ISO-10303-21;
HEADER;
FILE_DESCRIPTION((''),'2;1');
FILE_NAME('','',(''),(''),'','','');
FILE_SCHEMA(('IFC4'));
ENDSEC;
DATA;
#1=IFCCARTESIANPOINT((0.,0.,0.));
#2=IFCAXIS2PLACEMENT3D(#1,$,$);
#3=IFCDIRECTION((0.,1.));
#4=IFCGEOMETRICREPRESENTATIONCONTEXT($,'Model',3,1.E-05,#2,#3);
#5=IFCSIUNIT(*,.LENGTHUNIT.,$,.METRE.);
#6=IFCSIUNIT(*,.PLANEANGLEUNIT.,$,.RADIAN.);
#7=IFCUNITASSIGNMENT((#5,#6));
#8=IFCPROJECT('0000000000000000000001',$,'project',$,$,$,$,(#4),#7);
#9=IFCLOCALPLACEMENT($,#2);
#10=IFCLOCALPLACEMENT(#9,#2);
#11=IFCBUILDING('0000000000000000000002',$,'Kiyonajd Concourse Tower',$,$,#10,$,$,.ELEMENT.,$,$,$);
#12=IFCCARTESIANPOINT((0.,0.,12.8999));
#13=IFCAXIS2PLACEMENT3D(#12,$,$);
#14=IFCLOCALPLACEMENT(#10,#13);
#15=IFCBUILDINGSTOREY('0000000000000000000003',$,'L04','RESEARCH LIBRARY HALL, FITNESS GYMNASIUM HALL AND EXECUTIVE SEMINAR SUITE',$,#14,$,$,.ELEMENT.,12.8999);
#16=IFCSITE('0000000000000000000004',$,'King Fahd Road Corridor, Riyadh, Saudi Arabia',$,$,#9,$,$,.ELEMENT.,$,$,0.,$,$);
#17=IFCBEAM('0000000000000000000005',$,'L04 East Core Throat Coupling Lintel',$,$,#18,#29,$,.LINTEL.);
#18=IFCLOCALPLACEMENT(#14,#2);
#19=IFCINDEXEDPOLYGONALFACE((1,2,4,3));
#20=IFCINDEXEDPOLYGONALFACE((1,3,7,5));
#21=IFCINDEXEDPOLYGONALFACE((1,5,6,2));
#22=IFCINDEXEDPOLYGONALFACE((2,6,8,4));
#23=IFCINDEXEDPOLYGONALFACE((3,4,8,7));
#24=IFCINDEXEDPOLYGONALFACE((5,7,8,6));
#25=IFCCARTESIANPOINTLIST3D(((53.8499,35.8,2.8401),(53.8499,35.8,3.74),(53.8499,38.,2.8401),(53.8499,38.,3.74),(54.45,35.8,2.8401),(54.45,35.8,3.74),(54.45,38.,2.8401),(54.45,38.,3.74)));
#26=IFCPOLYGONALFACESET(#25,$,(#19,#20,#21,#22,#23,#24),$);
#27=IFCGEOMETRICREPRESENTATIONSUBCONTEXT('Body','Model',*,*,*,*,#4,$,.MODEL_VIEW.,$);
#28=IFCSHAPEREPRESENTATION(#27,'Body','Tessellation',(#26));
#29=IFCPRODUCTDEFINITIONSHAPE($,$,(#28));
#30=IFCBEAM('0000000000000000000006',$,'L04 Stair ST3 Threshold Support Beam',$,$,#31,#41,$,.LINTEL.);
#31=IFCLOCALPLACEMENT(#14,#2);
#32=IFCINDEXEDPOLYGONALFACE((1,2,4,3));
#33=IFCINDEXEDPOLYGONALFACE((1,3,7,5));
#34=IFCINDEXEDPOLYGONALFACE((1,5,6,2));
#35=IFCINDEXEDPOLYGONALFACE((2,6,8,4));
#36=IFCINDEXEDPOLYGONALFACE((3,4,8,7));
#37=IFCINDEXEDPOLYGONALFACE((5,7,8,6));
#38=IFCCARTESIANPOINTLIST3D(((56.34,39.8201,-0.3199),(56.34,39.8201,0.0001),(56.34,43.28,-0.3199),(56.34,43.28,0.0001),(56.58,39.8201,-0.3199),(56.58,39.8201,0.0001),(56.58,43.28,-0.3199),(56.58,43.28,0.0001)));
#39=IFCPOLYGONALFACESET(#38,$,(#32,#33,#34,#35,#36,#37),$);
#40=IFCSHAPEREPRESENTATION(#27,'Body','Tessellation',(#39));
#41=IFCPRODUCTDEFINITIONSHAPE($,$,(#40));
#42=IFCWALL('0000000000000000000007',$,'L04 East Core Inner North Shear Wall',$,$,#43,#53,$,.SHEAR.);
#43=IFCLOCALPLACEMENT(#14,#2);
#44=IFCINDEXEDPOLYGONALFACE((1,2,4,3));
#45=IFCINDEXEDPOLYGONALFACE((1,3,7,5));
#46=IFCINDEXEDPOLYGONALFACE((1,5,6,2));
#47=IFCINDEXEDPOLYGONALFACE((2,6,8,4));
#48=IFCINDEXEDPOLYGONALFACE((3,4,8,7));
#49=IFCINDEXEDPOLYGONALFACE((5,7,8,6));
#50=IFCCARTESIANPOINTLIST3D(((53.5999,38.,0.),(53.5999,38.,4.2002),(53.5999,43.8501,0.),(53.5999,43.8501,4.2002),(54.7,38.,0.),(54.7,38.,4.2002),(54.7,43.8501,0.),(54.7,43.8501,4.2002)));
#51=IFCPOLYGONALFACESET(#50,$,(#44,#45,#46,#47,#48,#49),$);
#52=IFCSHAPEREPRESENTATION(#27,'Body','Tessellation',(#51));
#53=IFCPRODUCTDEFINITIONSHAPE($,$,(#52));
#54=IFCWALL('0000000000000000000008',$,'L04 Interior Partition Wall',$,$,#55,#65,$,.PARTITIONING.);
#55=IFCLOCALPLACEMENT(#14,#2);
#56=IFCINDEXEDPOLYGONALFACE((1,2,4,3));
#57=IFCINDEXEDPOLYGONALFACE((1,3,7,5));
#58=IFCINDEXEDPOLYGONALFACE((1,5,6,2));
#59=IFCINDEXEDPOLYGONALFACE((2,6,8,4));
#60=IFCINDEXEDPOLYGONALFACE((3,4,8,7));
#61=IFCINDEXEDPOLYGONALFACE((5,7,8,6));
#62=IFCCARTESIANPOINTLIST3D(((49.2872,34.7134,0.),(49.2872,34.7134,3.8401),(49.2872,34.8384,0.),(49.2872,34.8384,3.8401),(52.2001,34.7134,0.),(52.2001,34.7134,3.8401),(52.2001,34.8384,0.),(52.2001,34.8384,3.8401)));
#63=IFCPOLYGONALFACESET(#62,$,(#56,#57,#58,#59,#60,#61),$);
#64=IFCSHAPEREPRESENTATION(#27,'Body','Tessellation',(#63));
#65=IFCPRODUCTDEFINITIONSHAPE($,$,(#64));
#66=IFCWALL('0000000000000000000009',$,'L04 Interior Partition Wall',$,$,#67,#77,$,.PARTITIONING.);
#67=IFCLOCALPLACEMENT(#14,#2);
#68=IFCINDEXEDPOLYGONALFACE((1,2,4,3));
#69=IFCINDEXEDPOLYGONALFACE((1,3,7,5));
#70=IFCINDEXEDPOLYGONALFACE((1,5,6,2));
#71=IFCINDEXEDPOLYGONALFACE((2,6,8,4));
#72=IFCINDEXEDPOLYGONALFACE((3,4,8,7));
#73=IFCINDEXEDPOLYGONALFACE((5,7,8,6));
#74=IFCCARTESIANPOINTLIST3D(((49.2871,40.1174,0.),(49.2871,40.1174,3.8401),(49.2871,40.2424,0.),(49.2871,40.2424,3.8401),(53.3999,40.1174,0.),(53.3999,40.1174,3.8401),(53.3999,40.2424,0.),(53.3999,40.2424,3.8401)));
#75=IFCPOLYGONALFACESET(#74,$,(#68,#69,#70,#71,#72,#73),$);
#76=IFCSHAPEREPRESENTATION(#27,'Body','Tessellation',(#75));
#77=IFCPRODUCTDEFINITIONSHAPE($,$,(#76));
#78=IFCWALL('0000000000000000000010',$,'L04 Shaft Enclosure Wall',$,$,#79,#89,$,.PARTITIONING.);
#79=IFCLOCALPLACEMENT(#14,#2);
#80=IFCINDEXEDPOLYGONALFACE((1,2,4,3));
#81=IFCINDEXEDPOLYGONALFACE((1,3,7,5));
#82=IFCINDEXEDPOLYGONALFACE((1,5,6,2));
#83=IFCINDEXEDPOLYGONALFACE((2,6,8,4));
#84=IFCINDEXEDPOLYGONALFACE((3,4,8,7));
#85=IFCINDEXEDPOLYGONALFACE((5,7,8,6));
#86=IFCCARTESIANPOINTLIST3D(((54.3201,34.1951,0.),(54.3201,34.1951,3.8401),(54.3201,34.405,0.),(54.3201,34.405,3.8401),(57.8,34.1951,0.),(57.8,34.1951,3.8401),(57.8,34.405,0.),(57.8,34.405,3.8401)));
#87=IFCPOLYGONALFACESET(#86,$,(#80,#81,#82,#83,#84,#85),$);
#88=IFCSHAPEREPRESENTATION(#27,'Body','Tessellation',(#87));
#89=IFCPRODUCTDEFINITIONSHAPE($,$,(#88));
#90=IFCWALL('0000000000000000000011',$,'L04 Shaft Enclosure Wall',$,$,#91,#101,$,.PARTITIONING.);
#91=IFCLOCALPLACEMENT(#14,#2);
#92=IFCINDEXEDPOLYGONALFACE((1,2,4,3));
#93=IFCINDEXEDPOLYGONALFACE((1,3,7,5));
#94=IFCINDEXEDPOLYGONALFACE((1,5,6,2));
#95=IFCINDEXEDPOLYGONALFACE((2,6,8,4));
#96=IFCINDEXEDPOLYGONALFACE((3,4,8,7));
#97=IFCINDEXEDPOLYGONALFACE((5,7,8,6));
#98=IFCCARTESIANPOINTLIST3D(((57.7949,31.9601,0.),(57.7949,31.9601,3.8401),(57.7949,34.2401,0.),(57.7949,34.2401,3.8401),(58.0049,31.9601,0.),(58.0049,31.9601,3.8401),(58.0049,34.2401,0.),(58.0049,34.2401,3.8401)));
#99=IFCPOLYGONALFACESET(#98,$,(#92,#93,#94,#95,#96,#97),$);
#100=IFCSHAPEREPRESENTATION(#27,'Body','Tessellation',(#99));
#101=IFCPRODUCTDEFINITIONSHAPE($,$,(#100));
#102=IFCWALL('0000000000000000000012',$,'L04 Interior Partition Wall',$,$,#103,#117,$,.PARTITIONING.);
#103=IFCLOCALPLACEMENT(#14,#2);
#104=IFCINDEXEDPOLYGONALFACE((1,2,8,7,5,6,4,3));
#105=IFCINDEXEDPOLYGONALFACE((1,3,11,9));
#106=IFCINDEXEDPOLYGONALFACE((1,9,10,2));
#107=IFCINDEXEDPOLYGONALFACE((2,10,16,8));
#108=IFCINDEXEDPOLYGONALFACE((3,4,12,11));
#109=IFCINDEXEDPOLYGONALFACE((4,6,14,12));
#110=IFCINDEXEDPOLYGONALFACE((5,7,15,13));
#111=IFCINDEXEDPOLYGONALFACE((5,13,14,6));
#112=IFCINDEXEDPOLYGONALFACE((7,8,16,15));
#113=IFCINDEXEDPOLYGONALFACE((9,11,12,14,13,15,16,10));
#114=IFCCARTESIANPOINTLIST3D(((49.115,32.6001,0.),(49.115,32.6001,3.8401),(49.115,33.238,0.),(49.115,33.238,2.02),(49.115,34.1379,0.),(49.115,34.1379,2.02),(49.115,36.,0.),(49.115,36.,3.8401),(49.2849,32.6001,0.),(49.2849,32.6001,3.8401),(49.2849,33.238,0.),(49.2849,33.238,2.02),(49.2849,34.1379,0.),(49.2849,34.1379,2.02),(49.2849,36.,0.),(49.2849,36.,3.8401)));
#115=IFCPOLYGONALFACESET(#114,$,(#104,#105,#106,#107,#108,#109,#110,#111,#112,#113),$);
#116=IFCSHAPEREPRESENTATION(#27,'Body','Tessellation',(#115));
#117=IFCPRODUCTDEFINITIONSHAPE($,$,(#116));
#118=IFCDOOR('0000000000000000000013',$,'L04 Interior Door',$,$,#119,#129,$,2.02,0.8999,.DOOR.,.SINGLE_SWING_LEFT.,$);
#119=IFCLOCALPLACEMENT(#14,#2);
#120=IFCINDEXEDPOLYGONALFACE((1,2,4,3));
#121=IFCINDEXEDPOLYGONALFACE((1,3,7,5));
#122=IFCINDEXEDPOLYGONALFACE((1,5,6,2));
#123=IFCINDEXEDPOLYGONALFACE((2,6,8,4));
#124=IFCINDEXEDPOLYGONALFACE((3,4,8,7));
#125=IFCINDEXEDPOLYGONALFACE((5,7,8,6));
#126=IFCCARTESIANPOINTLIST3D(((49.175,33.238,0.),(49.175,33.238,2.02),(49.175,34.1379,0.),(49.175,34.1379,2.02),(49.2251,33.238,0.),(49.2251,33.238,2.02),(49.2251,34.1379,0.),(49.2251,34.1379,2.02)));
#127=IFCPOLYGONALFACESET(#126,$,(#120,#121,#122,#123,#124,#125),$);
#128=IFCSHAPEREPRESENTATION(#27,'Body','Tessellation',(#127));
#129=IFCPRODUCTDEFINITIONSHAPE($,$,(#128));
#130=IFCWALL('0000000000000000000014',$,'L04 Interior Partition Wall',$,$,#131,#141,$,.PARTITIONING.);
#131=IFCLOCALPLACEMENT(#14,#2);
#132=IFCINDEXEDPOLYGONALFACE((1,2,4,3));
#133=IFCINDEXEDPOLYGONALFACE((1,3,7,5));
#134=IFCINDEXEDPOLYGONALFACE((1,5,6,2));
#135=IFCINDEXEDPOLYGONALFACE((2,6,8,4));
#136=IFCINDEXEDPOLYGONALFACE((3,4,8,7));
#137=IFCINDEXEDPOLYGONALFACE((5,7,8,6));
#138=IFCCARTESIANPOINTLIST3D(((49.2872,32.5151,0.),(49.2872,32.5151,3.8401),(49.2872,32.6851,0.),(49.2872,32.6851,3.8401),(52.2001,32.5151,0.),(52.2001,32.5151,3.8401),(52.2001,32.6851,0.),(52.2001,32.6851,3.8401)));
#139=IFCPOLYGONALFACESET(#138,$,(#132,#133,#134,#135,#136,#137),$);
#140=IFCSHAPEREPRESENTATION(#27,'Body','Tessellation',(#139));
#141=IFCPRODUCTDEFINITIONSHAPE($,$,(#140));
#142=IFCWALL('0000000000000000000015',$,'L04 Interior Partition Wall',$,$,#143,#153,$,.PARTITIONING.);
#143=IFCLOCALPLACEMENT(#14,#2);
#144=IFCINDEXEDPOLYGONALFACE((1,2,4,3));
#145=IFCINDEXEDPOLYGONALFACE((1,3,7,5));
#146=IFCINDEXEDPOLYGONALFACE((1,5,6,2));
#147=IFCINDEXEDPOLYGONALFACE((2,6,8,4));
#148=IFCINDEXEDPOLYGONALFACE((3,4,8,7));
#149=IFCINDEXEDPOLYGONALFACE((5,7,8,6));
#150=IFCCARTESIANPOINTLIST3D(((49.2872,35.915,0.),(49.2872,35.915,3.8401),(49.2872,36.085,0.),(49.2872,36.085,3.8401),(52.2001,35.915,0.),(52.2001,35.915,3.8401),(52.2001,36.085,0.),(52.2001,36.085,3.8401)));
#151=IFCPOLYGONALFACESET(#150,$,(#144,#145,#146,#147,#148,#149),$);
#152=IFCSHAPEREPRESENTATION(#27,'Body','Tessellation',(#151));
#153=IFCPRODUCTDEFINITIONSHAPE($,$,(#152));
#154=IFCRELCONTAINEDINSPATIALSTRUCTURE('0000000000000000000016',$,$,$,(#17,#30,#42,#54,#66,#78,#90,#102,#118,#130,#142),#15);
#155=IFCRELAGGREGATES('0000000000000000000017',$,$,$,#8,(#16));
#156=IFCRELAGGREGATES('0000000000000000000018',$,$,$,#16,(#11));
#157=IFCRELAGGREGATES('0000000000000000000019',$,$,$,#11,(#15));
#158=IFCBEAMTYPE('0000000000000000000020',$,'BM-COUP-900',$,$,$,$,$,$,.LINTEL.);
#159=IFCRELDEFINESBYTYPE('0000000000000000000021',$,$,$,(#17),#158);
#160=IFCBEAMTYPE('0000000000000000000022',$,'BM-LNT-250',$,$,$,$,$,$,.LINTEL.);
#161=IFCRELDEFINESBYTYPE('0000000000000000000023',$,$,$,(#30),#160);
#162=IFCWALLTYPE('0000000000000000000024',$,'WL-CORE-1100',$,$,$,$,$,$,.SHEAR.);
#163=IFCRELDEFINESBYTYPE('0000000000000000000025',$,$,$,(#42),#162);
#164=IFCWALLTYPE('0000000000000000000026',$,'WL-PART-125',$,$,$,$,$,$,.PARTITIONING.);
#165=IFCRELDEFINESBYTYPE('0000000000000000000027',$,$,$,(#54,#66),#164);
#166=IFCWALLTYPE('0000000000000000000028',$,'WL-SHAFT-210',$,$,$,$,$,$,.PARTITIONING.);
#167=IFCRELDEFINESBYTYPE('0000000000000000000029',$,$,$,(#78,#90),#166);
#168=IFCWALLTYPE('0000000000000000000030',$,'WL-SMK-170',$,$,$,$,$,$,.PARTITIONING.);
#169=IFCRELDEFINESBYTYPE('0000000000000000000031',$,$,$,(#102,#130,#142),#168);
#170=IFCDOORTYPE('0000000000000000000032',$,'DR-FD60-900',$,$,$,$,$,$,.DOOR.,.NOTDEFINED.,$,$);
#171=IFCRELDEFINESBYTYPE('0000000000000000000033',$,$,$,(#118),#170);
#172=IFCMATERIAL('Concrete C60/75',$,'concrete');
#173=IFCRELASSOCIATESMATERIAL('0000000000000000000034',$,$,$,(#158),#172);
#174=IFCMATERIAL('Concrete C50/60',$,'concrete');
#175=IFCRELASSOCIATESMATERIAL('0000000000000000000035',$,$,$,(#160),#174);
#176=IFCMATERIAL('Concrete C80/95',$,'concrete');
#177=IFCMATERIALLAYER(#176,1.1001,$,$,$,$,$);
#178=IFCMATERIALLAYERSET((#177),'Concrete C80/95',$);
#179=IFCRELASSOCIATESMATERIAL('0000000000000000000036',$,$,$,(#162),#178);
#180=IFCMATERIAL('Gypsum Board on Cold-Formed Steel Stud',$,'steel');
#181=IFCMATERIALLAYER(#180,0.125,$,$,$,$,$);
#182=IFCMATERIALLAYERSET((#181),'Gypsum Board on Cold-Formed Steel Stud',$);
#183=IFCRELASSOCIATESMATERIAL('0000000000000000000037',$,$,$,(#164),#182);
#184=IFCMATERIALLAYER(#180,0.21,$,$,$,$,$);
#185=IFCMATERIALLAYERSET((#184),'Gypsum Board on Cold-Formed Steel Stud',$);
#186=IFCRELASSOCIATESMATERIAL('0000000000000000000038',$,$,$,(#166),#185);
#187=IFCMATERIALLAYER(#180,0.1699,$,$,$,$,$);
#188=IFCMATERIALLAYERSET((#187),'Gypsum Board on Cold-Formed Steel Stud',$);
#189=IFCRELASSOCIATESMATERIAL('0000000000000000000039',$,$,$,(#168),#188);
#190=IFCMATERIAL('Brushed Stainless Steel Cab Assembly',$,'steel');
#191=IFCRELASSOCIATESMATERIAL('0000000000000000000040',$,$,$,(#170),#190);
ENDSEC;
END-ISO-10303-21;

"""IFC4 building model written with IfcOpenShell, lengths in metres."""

from ifc_helpers import new_model, si_unit, direction, frame, frame_2d, origin, origin_2d, place, context, subcontext, project, spatial, rectangle, extrude, material, layer, layer_set, material_profile, profile_set, type_object, element, fill, save


model = new_model("IFC4")

# Units and contexts
model_context = context("Model", 3, precision=1e-05, world=origin(), true_north=direction((0.0, 1.0)))
body_context = subcontext(model_context, "Body", "Model", "MODEL_VIEW")
ifc_project = project(units=[si_unit("LENGTHUNIT", "METRE"), si_unit("PLANEANGLEUNIT", "RADIAN")], contexts=[model_context])

# Site, building, storey
site_placement = place(None, origin())
site = spatial("IfcSite", under=ifc_project, at=site_placement, Name="King Fahd Road Corridor, Riyadh, Saudi Arabia", CompositionType="ELEMENT", RefElevation=0.0)
building_placement = place(site_placement, origin())
building = spatial("IfcBuilding", under=site, at=building_placement, Name="Kiyonajd Concourse Tower", CompositionType="ELEMENT")
storey_placement = place(building_placement, frame((0.0, 0.0, 12.8999)))
storey = spatial("IfcBuildingStorey", under=building, at=storey_placement, Name="L04", Description="RESEARCH LIBRARY HALL, FITNESS GYMNASIUM HALL AND EXECUTIVE SEMINAR SUITE", CompositionType="ELEMENT", Elevation=12.8999)

# Beams
ifc_material_1 = material(Name="Concrete C60/75", Category="concrete")
ifc_material_profile_1 = material_profile(ifc_material_1, rectangle(XDim=0.6001, YDim=0.8999, at=origin_2d()), Name="RCBM-600x900")
ifc_profile_set_1 = profile_set([ifc_material_profile_1], Name="Concrete C60/75")
beam_type_1 = type_object("IfcBeamType", Name="BM-COUP-900", PredefinedType="LINTEL", material=ifc_profile_set_1)
beam_1_placement = place(storey_placement, frame((54.1499, 35.8, 3.29), z_axis=(0.0, 1.0, 0.0), x_axis=(-1.0, 0.0, 0.0)))
element("IfcBeam", 1, at=beam_1_placement, inside=storey, type_object=beam_type_1, Name="L04 East Core Throat Coupling Lintel", PredefinedType="LINTEL", context=body_context, shape_type="SweptSolid", body=[
    extrude(rectangle(XDim=0.6001, YDim=0.8999, at=origin_2d()), origin(), (0.0, 0.0, 1.0), 2.2),
])
ifc_material_2 = material(Name="Concrete C50/60", Category="concrete")
ifc_material_profile_2 = material_profile(ifc_material_2, rectangle(XDim=0.24, YDim=0.3201, at=origin_2d()), Name="RCBM-240x320")
ifc_profile_set_2 = profile_set([ifc_material_profile_2], Name="Concrete C50/60")
beam_type_2 = type_object("IfcBeamType", Name="BM-LNT-250", PredefinedType="LINTEL", material=ifc_profile_set_2)
beam_2_placement = place(storey_placement, frame((56.46, 39.8201, -0.1599), z_axis=(0.0, 1.0, 0.0), x_axis=(-1.0, 0.0, 0.0)))
element("IfcBeam", 2, at=beam_2_placement, inside=storey, type_object=beam_type_2, Name="L04 Stair ST3 Threshold Support Beam", PredefinedType="LINTEL", context=body_context, shape_type="SweptSolid", body=[
    extrude(rectangle(XDim=0.24, YDim=0.3201, at=origin_2d()), origin(), (0.0, 0.0, 1.0), 3.46),
])

# Walls
ifc_material_3 = material(Name="Concrete C80/95", Category="concrete")
ifc_layer_1 = layer(ifc_material_3, 1.1001)
ifc_layer_set_1 = layer_set([ifc_layer_1], Name="Concrete C80/95")
wall_type_1 = type_object("IfcWallType", Name="WL-CORE-1100", PredefinedType="SHEAR", material=ifc_layer_set_1)
wall_1_placement = place(storey_placement, frame((54.1499, 38.0, 0.0), z_axis=(0.0, 0.0, 1.0), x_axis=(0.0, 1.0, 0.0)))
element("IfcWall", 3, at=wall_1_placement, inside=storey, type_object=wall_type_1, Name="L04 East Core Inner North Shear Wall", PredefinedType="SHEAR", context=body_context, shape_type="SweptSolid", body=[
    extrude(rectangle(XDim=5.8501, YDim=1.1001, at=frame_2d((2.925, 0.0))), origin(), (0.0, 0.0, 1.0), 4.2002),
])
ifc_material_4 = material(Name="Gypsum Board on Cold-Formed Steel Stud", Category="steel")
ifc_layer_2 = layer(ifc_material_4, 0.125)
ifc_layer_set_2 = layer_set([ifc_layer_2], Name="Gypsum Board on Cold-Formed Steel Stud")
wall_type_2 = type_object("IfcWallType", Name="WL-PART-125", PredefinedType="PARTITIONING", material=ifc_layer_set_2)
wall_2_placement = place(storey_placement, frame((49.2871, 34.7759, 0.0), z_axis=(0.0, 0.0, 1.0), x_axis=(1.0, 0.0, 0.0)))
element("IfcWall", 4, at=wall_2_placement, inside=storey, type_object=wall_type_2, Name="L04 Interior Partition Wall", PredefinedType="PARTITIONING", context=body_context, shape_type="SweptSolid", body=[
    extrude(rectangle(XDim=2.9128, YDim=0.125, at=frame_2d((1.4565, 0.0))), origin(), (0.0, 0.0, 1.0), 3.8401),
])
wall_3_placement = place(storey_placement, frame((49.2871, 40.1799, 0.0), z_axis=(0.0, 0.0, 1.0), x_axis=(1.0, 0.0, 0.0)))
element("IfcWall", 5, at=wall_3_placement, inside=storey, type_object=wall_type_2, Name="L04 Interior Partition Wall", PredefinedType="PARTITIONING", context=body_context, shape_type="SweptSolid", body=[
    extrude(rectangle(XDim=4.1128, YDim=0.125, at=frame_2d((2.0564, 0.0))), origin(), (0.0, 0.0, 1.0), 3.8401),
])
ifc_layer_3 = layer(ifc_material_4, 0.21)
ifc_layer_set_3 = layer_set([ifc_layer_3], Name="Gypsum Board on Cold-Formed Steel Stud")
wall_type_3 = type_object("IfcWallType", Name="WL-SHAFT-210", PredefinedType="PARTITIONING", material=ifc_layer_set_3)
wall_4_placement = place(storey_placement, frame((54.3201, 34.3, 0.0), z_axis=(0.0, 0.0, 1.0), x_axis=(1.0, 0.0, 0.0)))
element("IfcWall", 6, at=wall_4_placement, inside=storey, type_object=wall_type_3, Name="L04 Shaft Enclosure Wall", PredefinedType="PARTITIONING", context=body_context, shape_type="SweptSolid", body=[
    extrude(rectangle(XDim=3.48, YDim=0.21, at=frame_2d((1.74, 0.0))), origin(), (0.0, 0.0, 1.0), 3.8401),
])
wall_5_placement = place(storey_placement, frame((57.8999, 31.96, 0.0), z_axis=(0.0, 0.0, 1.0), x_axis=(0.0, 1.0, 0.0)))
element("IfcWall", 7, at=wall_5_placement, inside=storey, type_object=wall_type_3, Name="L04 Shaft Enclosure Wall", PredefinedType="PARTITIONING", context=body_context, shape_type="SweptSolid", body=[
    extrude(rectangle(XDim=2.28, YDim=0.21, at=frame_2d((1.1401, 0.0))), origin(), (0.0, 0.0, 1.0), 3.8401),
])

# Wall, opening, door
ifc_layer_4 = layer(ifc_material_4, 0.1699)
ifc_layer_set_4 = layer_set([ifc_layer_4], Name="Gypsum Board on Cold-Formed Steel Stud")
wall_type_4 = type_object("IfcWallType", Name="WL-SMK-170", PredefinedType="PARTITIONING", material=ifc_layer_set_4)
wall_6_placement = place(storey_placement, frame((49.2, 32.6001, 0.0), z_axis=(0.0, 0.0, 1.0), x_axis=(0.0, 1.0, 0.0)))
wall_6 = element("IfcWall", 8, at=wall_6_placement, inside=storey, type_object=wall_type_4, Name="L04 Interior Partition Wall", PredefinedType="PARTITIONING", context=body_context, shape_type="SweptSolid", body=[
    extrude(rectangle(XDim=3.3999, YDim=0.1699, at=frame_2d((1.7, 0.0))), origin(), (0.0, 0.0, 1.0), 3.8401),
])
opening_1_placement = place(wall_6_placement, frame((0.6379, 0.0, 0.0)))
opening_1 = element("IfcOpeningElement", 9, at=opening_1_placement, cuts=wall_6, PredefinedType="OPENING", context=body_context, shape_type="SweptSolid", body=[
    extrude(rectangle(XDim=0.8999, YDim=2.02, at=frame_2d((0.45, 1.01))), frame((0.0, 0.095, 0.0), z_axis=(0.0, -1.0, 0.0), x_axis=(1.0, 0.0, 0.0)), (0.0, 0.0, 1.0), 0.1899),
])
ifc_material_5 = material(Name="Brushed Stainless Steel Cab Assembly", Category="steel")
door_type_1 = type_object("IfcDoorType", Name="DR-FD60-900", OperationType="NOTDEFINED", PredefinedType="DOOR", material=ifc_material_5)
door_1_placement = place(opening_1_placement, origin())
door_1 = element("IfcDoor", 10, at=door_1_placement, inside=storey, type_object=door_type_1, Name="L04 Interior Door", OperationType="SINGLE_SWING_LEFT", OverallHeight=2.02, OverallWidth=0.8999, PredefinedType="DOOR", context=body_context, shape_type="SweptSolid", body=[
    extrude(rectangle(XDim=0.8999, YDim=2.02, at=frame_2d((0.45, 1.01))), frame((0.0, 0.0249, 0.0), z_axis=(0.0, -1.0, 0.0), x_axis=(1.0, 0.0, 0.0)), (0.0, 0.0, 1.0), 0.05),
])
fill(opening_1, door_1)

# Walls
for number, where, z_axis, x_axis, name in (
    (11, (49.2871, 32.6001, 0.0), (0.0, 0.0, 1.0), (1.0, 0.0, 0.0), "L04 Interior Partition Wall"),
    (12, (49.2871, 36.0, 0.0), (0.0, 0.0, 1.0), (1.0, 0.0, 0.0), "L04 Interior Partition Wall"),
):
    element("IfcWall", number, at=place(storey_placement, frame(where, z_axis=z_axis, x_axis=x_axis)), inside=storey, type_object=wall_type_4, Name=name, PredefinedType="PARTITIONING", context=body_context, shape_type="SweptSolid", body=[
        extrude(rectangle(XDim=2.9128, YDim=0.1699, at=frame_2d((1.4565, 0.0))), origin(), (0.0, 0.0, 1.0), 3.8401),
    ])

save(model, "model.ifc")
